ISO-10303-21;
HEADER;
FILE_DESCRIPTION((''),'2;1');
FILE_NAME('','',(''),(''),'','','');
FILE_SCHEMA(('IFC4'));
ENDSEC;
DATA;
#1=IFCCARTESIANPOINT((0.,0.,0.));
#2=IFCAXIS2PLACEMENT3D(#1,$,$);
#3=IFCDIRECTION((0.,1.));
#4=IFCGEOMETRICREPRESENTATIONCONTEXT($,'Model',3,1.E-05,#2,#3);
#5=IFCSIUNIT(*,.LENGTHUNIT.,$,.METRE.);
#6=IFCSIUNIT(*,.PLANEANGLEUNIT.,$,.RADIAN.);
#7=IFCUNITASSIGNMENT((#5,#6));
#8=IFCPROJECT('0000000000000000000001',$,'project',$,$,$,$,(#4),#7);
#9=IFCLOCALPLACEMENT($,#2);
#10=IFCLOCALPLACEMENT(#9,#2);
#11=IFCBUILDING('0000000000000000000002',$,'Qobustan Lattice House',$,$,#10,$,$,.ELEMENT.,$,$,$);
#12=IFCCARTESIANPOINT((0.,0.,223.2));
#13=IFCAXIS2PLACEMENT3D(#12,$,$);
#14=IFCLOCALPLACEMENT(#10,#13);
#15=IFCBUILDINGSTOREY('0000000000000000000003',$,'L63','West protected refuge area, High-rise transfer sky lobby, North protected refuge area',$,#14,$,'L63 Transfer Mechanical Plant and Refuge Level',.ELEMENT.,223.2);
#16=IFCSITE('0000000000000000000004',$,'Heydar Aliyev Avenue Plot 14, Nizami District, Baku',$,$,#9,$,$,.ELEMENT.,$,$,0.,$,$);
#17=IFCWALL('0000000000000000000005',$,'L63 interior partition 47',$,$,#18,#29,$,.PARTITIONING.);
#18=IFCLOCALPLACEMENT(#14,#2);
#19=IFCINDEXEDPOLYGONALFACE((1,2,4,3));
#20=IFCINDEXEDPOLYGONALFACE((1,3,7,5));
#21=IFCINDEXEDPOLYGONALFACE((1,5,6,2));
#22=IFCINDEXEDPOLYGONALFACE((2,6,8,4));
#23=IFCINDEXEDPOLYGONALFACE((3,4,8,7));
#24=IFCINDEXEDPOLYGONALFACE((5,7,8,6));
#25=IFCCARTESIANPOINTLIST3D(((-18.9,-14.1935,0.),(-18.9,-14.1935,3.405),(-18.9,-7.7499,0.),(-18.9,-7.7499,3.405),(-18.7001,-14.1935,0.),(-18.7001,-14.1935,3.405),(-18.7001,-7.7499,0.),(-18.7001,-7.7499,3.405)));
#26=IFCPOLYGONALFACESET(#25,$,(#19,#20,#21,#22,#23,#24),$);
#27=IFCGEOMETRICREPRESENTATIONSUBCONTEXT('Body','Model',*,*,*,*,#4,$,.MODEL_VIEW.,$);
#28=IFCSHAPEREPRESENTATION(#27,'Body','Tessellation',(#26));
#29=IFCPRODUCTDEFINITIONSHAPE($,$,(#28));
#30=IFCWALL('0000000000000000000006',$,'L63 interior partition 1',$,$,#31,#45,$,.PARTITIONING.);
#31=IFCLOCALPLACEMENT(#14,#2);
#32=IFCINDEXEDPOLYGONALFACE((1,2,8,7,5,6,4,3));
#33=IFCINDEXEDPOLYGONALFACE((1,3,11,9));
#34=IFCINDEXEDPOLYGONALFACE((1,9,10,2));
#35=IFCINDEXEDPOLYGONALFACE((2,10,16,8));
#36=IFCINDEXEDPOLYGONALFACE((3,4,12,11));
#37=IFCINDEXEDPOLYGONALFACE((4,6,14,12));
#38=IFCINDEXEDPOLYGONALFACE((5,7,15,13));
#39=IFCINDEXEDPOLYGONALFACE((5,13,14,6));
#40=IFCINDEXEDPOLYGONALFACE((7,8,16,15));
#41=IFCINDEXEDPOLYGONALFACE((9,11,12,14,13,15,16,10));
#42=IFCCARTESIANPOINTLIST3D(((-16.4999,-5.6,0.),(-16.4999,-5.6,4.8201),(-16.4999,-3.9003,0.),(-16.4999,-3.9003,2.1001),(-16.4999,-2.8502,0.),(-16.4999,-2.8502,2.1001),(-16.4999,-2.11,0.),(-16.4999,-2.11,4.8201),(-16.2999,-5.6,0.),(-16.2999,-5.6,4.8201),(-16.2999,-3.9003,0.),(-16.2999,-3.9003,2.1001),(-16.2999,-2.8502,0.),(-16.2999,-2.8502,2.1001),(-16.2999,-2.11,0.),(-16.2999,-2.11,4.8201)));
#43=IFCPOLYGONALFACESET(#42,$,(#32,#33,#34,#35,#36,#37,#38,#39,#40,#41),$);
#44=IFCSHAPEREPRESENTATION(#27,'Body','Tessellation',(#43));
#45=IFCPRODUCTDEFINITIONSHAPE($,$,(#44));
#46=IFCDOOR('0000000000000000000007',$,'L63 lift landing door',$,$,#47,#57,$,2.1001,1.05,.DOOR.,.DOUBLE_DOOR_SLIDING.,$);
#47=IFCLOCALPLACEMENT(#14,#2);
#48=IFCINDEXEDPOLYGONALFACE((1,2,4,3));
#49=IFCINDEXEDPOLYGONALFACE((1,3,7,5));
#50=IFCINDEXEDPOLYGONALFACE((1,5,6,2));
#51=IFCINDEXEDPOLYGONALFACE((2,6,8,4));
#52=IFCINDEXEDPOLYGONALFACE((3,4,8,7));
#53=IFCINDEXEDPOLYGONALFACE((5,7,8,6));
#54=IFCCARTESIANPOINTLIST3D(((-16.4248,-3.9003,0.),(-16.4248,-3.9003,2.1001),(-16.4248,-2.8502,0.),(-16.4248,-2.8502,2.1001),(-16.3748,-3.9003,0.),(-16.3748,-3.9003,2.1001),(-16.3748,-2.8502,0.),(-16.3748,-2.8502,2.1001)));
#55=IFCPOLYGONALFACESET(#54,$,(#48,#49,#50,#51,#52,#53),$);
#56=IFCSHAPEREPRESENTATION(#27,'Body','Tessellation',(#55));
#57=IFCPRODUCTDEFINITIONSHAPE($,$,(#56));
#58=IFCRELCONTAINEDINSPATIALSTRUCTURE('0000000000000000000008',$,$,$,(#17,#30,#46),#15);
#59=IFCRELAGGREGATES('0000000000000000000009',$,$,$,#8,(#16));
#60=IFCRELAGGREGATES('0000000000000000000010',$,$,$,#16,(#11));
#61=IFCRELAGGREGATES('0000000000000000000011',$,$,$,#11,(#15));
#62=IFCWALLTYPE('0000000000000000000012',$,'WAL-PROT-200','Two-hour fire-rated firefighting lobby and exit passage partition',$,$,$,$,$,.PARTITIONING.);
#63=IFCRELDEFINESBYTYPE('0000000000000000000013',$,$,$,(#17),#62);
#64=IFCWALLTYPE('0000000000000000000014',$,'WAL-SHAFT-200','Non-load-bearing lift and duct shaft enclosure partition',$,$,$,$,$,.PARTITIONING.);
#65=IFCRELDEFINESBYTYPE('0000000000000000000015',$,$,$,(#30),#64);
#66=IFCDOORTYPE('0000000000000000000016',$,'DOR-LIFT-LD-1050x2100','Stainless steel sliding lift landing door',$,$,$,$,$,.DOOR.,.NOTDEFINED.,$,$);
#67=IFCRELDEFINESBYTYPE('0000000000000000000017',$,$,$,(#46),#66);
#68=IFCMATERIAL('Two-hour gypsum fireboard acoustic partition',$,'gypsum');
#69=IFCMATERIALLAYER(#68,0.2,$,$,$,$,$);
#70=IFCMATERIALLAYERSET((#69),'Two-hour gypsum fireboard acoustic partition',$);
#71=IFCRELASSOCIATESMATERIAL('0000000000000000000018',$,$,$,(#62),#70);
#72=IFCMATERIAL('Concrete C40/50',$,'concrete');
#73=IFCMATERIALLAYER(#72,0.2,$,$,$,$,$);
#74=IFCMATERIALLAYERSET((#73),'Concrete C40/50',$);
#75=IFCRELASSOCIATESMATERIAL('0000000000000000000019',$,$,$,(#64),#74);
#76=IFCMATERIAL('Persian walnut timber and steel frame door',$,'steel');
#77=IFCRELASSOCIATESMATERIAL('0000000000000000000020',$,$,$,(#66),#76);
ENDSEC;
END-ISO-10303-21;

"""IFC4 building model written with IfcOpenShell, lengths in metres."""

from ifc_helpers import new_model, si_unit, direction, frame, frame_2d, origin, place, context, subcontext, project, spatial, rectangle, extrude, material, layer, layer_set, type_object, element, fill, save


model = new_model("IFC4")

# Units and contexts
model_context = context("Model", 3, precision=1e-05, world=origin(), true_north=direction((0.0, 1.0)))
body_context = subcontext(model_context, "Body", "Model", "MODEL_VIEW")
ifc_project = project(units=[si_unit("LENGTHUNIT", "METRE"), si_unit("PLANEANGLEUNIT", "RADIAN")], contexts=[model_context])

# Site, building, storey
site_placement = place(None, origin())
site = spatial("IfcSite", under=ifc_project, at=site_placement, Name="Heydar Aliyev Avenue Plot 14, Nizami District, Baku", CompositionType="ELEMENT", RefElevation=0.0)
building_placement = place(site_placement, origin())
building = spatial("IfcBuilding", under=site, at=building_placement, Name="Qobustan Lattice House", CompositionType="ELEMENT")
storey_placement = place(building_placement, frame((0.0, 0.0, 223.2)))
storey = spatial("IfcBuildingStorey", under=building, at=storey_placement, Name="L63", Description="West protected refuge area, High-rise transfer sky lobby, North protected refuge area", LongName="L63 Transfer Mechanical Plant and Refuge Level", CompositionType="ELEMENT", Elevation=223.2)

# Wall
ifc_material_1 = material(Name="Two-hour gypsum fireboard acoustic partition", Category="gypsum")
ifc_layer_1 = layer(ifc_material_1, 0.2)
ifc_layer_set_1 = layer_set([ifc_layer_1], Name="Two-hour gypsum fireboard acoustic partition")
wall_type_1 = type_object("IfcWallType", Name="WAL-PROT-200", Description="Two-hour fire-rated firefighting lobby and exit passage partition", PredefinedType="PARTITIONING", material=ifc_layer_set_1)
wall_1_placement = place(storey_placement, frame((-18.8, -7.75, 0.0), z_axis=(0.0, 0.0, 1.0), x_axis=(0.0, -1.0, 0.0)))
element("IfcWall", 1, at=wall_1_placement, inside=storey, type_object=wall_type_1, Name="L63 interior partition 47", PredefinedType="PARTITIONING", context=body_context, shape_type="SweptSolid", body=[
    extrude(rectangle(XDim=6.4436, YDim=0.2, at=frame_2d((3.2217, 0.0))), origin(), (0.0, 0.0, 1.0), 3.405),
])

# Wall, opening, door
ifc_material_2 = material(Name="Concrete C40/50", Category="concrete")
ifc_layer_2 = layer(ifc_material_2, 0.2)
ifc_layer_set_2 = layer_set([ifc_layer_2], Name="Concrete C40/50")
wall_type_2 = type_object("IfcWallType", Name="WAL-SHAFT-200", Description="Non-load-bearing lift and duct shaft enclosure partition", PredefinedType="PARTITIONING", material=ifc_layer_set_2)
wall_2_placement = place(storey_placement, frame((-16.3999, -5.6001, 0.0), z_axis=(0.0, 0.0, 1.0), x_axis=(0.0, 1.0, 0.0)))
wall_2 = element("IfcWall", 2, at=wall_2_placement, inside=storey, type_object=wall_type_2, Name="L63 interior partition 1", PredefinedType="PARTITIONING", context=body_context, shape_type="SweptSolid", body=[
    extrude(rectangle(XDim=3.49, YDim=0.2, at=frame_2d((1.7451, 0.0))), origin(), (0.0, 0.0, 1.0), 4.8201),
])
opening_1_placement = place(wall_2_placement, frame((1.7, 0.0, 0.0)))
opening_1 = element("IfcOpeningElement", 3, at=opening_1_placement, cuts=wall_2, PredefinedType="OPENING", context=body_context, shape_type="SweptSolid", body=[
    extrude(rectangle(XDim=1.05, YDim=2.1001, at=frame_2d((0.5249, 1.05))), frame((0.0, 0.1099, 0.0), z_axis=(0.0, -1.0, 0.0), x_axis=(1.0, 0.0, 0.0)), (0.0, 0.0, 1.0), 0.22),
])
ifc_material_3 = material(Name="Persian walnut timber and steel frame door", Category="steel")
door_type_1 = type_object("IfcDoorType", Name="DOR-LIFT-LD-1050x2100", Description="Stainless steel sliding lift landing door", OperationType="NOTDEFINED", PredefinedType="DOOR", material=ifc_material_3)
door_1_placement = place(opening_1_placement, origin())
door_1 = element("IfcDoor", 4, at=door_1_placement, inside=storey, type_object=door_type_1, Name="L63 lift landing door", OperationType="DOUBLE_DOOR_SLIDING", OverallHeight=2.1001, OverallWidth=1.05, PredefinedType="DOOR", context=body_context, shape_type="SweptSolid", body=[
    extrude(rectangle(XDim=1.05, YDim=2.1001, at=frame_2d((0.5249, 1.05))), frame((0.0, 0.0249, 0.0), z_axis=(0.0, -1.0, 0.0), x_axis=(1.0, 0.0, 0.0)), (0.0, 0.0, 1.0), 0.05),
])
fill(opening_1, door_1)

save(model, "model.ifc")
